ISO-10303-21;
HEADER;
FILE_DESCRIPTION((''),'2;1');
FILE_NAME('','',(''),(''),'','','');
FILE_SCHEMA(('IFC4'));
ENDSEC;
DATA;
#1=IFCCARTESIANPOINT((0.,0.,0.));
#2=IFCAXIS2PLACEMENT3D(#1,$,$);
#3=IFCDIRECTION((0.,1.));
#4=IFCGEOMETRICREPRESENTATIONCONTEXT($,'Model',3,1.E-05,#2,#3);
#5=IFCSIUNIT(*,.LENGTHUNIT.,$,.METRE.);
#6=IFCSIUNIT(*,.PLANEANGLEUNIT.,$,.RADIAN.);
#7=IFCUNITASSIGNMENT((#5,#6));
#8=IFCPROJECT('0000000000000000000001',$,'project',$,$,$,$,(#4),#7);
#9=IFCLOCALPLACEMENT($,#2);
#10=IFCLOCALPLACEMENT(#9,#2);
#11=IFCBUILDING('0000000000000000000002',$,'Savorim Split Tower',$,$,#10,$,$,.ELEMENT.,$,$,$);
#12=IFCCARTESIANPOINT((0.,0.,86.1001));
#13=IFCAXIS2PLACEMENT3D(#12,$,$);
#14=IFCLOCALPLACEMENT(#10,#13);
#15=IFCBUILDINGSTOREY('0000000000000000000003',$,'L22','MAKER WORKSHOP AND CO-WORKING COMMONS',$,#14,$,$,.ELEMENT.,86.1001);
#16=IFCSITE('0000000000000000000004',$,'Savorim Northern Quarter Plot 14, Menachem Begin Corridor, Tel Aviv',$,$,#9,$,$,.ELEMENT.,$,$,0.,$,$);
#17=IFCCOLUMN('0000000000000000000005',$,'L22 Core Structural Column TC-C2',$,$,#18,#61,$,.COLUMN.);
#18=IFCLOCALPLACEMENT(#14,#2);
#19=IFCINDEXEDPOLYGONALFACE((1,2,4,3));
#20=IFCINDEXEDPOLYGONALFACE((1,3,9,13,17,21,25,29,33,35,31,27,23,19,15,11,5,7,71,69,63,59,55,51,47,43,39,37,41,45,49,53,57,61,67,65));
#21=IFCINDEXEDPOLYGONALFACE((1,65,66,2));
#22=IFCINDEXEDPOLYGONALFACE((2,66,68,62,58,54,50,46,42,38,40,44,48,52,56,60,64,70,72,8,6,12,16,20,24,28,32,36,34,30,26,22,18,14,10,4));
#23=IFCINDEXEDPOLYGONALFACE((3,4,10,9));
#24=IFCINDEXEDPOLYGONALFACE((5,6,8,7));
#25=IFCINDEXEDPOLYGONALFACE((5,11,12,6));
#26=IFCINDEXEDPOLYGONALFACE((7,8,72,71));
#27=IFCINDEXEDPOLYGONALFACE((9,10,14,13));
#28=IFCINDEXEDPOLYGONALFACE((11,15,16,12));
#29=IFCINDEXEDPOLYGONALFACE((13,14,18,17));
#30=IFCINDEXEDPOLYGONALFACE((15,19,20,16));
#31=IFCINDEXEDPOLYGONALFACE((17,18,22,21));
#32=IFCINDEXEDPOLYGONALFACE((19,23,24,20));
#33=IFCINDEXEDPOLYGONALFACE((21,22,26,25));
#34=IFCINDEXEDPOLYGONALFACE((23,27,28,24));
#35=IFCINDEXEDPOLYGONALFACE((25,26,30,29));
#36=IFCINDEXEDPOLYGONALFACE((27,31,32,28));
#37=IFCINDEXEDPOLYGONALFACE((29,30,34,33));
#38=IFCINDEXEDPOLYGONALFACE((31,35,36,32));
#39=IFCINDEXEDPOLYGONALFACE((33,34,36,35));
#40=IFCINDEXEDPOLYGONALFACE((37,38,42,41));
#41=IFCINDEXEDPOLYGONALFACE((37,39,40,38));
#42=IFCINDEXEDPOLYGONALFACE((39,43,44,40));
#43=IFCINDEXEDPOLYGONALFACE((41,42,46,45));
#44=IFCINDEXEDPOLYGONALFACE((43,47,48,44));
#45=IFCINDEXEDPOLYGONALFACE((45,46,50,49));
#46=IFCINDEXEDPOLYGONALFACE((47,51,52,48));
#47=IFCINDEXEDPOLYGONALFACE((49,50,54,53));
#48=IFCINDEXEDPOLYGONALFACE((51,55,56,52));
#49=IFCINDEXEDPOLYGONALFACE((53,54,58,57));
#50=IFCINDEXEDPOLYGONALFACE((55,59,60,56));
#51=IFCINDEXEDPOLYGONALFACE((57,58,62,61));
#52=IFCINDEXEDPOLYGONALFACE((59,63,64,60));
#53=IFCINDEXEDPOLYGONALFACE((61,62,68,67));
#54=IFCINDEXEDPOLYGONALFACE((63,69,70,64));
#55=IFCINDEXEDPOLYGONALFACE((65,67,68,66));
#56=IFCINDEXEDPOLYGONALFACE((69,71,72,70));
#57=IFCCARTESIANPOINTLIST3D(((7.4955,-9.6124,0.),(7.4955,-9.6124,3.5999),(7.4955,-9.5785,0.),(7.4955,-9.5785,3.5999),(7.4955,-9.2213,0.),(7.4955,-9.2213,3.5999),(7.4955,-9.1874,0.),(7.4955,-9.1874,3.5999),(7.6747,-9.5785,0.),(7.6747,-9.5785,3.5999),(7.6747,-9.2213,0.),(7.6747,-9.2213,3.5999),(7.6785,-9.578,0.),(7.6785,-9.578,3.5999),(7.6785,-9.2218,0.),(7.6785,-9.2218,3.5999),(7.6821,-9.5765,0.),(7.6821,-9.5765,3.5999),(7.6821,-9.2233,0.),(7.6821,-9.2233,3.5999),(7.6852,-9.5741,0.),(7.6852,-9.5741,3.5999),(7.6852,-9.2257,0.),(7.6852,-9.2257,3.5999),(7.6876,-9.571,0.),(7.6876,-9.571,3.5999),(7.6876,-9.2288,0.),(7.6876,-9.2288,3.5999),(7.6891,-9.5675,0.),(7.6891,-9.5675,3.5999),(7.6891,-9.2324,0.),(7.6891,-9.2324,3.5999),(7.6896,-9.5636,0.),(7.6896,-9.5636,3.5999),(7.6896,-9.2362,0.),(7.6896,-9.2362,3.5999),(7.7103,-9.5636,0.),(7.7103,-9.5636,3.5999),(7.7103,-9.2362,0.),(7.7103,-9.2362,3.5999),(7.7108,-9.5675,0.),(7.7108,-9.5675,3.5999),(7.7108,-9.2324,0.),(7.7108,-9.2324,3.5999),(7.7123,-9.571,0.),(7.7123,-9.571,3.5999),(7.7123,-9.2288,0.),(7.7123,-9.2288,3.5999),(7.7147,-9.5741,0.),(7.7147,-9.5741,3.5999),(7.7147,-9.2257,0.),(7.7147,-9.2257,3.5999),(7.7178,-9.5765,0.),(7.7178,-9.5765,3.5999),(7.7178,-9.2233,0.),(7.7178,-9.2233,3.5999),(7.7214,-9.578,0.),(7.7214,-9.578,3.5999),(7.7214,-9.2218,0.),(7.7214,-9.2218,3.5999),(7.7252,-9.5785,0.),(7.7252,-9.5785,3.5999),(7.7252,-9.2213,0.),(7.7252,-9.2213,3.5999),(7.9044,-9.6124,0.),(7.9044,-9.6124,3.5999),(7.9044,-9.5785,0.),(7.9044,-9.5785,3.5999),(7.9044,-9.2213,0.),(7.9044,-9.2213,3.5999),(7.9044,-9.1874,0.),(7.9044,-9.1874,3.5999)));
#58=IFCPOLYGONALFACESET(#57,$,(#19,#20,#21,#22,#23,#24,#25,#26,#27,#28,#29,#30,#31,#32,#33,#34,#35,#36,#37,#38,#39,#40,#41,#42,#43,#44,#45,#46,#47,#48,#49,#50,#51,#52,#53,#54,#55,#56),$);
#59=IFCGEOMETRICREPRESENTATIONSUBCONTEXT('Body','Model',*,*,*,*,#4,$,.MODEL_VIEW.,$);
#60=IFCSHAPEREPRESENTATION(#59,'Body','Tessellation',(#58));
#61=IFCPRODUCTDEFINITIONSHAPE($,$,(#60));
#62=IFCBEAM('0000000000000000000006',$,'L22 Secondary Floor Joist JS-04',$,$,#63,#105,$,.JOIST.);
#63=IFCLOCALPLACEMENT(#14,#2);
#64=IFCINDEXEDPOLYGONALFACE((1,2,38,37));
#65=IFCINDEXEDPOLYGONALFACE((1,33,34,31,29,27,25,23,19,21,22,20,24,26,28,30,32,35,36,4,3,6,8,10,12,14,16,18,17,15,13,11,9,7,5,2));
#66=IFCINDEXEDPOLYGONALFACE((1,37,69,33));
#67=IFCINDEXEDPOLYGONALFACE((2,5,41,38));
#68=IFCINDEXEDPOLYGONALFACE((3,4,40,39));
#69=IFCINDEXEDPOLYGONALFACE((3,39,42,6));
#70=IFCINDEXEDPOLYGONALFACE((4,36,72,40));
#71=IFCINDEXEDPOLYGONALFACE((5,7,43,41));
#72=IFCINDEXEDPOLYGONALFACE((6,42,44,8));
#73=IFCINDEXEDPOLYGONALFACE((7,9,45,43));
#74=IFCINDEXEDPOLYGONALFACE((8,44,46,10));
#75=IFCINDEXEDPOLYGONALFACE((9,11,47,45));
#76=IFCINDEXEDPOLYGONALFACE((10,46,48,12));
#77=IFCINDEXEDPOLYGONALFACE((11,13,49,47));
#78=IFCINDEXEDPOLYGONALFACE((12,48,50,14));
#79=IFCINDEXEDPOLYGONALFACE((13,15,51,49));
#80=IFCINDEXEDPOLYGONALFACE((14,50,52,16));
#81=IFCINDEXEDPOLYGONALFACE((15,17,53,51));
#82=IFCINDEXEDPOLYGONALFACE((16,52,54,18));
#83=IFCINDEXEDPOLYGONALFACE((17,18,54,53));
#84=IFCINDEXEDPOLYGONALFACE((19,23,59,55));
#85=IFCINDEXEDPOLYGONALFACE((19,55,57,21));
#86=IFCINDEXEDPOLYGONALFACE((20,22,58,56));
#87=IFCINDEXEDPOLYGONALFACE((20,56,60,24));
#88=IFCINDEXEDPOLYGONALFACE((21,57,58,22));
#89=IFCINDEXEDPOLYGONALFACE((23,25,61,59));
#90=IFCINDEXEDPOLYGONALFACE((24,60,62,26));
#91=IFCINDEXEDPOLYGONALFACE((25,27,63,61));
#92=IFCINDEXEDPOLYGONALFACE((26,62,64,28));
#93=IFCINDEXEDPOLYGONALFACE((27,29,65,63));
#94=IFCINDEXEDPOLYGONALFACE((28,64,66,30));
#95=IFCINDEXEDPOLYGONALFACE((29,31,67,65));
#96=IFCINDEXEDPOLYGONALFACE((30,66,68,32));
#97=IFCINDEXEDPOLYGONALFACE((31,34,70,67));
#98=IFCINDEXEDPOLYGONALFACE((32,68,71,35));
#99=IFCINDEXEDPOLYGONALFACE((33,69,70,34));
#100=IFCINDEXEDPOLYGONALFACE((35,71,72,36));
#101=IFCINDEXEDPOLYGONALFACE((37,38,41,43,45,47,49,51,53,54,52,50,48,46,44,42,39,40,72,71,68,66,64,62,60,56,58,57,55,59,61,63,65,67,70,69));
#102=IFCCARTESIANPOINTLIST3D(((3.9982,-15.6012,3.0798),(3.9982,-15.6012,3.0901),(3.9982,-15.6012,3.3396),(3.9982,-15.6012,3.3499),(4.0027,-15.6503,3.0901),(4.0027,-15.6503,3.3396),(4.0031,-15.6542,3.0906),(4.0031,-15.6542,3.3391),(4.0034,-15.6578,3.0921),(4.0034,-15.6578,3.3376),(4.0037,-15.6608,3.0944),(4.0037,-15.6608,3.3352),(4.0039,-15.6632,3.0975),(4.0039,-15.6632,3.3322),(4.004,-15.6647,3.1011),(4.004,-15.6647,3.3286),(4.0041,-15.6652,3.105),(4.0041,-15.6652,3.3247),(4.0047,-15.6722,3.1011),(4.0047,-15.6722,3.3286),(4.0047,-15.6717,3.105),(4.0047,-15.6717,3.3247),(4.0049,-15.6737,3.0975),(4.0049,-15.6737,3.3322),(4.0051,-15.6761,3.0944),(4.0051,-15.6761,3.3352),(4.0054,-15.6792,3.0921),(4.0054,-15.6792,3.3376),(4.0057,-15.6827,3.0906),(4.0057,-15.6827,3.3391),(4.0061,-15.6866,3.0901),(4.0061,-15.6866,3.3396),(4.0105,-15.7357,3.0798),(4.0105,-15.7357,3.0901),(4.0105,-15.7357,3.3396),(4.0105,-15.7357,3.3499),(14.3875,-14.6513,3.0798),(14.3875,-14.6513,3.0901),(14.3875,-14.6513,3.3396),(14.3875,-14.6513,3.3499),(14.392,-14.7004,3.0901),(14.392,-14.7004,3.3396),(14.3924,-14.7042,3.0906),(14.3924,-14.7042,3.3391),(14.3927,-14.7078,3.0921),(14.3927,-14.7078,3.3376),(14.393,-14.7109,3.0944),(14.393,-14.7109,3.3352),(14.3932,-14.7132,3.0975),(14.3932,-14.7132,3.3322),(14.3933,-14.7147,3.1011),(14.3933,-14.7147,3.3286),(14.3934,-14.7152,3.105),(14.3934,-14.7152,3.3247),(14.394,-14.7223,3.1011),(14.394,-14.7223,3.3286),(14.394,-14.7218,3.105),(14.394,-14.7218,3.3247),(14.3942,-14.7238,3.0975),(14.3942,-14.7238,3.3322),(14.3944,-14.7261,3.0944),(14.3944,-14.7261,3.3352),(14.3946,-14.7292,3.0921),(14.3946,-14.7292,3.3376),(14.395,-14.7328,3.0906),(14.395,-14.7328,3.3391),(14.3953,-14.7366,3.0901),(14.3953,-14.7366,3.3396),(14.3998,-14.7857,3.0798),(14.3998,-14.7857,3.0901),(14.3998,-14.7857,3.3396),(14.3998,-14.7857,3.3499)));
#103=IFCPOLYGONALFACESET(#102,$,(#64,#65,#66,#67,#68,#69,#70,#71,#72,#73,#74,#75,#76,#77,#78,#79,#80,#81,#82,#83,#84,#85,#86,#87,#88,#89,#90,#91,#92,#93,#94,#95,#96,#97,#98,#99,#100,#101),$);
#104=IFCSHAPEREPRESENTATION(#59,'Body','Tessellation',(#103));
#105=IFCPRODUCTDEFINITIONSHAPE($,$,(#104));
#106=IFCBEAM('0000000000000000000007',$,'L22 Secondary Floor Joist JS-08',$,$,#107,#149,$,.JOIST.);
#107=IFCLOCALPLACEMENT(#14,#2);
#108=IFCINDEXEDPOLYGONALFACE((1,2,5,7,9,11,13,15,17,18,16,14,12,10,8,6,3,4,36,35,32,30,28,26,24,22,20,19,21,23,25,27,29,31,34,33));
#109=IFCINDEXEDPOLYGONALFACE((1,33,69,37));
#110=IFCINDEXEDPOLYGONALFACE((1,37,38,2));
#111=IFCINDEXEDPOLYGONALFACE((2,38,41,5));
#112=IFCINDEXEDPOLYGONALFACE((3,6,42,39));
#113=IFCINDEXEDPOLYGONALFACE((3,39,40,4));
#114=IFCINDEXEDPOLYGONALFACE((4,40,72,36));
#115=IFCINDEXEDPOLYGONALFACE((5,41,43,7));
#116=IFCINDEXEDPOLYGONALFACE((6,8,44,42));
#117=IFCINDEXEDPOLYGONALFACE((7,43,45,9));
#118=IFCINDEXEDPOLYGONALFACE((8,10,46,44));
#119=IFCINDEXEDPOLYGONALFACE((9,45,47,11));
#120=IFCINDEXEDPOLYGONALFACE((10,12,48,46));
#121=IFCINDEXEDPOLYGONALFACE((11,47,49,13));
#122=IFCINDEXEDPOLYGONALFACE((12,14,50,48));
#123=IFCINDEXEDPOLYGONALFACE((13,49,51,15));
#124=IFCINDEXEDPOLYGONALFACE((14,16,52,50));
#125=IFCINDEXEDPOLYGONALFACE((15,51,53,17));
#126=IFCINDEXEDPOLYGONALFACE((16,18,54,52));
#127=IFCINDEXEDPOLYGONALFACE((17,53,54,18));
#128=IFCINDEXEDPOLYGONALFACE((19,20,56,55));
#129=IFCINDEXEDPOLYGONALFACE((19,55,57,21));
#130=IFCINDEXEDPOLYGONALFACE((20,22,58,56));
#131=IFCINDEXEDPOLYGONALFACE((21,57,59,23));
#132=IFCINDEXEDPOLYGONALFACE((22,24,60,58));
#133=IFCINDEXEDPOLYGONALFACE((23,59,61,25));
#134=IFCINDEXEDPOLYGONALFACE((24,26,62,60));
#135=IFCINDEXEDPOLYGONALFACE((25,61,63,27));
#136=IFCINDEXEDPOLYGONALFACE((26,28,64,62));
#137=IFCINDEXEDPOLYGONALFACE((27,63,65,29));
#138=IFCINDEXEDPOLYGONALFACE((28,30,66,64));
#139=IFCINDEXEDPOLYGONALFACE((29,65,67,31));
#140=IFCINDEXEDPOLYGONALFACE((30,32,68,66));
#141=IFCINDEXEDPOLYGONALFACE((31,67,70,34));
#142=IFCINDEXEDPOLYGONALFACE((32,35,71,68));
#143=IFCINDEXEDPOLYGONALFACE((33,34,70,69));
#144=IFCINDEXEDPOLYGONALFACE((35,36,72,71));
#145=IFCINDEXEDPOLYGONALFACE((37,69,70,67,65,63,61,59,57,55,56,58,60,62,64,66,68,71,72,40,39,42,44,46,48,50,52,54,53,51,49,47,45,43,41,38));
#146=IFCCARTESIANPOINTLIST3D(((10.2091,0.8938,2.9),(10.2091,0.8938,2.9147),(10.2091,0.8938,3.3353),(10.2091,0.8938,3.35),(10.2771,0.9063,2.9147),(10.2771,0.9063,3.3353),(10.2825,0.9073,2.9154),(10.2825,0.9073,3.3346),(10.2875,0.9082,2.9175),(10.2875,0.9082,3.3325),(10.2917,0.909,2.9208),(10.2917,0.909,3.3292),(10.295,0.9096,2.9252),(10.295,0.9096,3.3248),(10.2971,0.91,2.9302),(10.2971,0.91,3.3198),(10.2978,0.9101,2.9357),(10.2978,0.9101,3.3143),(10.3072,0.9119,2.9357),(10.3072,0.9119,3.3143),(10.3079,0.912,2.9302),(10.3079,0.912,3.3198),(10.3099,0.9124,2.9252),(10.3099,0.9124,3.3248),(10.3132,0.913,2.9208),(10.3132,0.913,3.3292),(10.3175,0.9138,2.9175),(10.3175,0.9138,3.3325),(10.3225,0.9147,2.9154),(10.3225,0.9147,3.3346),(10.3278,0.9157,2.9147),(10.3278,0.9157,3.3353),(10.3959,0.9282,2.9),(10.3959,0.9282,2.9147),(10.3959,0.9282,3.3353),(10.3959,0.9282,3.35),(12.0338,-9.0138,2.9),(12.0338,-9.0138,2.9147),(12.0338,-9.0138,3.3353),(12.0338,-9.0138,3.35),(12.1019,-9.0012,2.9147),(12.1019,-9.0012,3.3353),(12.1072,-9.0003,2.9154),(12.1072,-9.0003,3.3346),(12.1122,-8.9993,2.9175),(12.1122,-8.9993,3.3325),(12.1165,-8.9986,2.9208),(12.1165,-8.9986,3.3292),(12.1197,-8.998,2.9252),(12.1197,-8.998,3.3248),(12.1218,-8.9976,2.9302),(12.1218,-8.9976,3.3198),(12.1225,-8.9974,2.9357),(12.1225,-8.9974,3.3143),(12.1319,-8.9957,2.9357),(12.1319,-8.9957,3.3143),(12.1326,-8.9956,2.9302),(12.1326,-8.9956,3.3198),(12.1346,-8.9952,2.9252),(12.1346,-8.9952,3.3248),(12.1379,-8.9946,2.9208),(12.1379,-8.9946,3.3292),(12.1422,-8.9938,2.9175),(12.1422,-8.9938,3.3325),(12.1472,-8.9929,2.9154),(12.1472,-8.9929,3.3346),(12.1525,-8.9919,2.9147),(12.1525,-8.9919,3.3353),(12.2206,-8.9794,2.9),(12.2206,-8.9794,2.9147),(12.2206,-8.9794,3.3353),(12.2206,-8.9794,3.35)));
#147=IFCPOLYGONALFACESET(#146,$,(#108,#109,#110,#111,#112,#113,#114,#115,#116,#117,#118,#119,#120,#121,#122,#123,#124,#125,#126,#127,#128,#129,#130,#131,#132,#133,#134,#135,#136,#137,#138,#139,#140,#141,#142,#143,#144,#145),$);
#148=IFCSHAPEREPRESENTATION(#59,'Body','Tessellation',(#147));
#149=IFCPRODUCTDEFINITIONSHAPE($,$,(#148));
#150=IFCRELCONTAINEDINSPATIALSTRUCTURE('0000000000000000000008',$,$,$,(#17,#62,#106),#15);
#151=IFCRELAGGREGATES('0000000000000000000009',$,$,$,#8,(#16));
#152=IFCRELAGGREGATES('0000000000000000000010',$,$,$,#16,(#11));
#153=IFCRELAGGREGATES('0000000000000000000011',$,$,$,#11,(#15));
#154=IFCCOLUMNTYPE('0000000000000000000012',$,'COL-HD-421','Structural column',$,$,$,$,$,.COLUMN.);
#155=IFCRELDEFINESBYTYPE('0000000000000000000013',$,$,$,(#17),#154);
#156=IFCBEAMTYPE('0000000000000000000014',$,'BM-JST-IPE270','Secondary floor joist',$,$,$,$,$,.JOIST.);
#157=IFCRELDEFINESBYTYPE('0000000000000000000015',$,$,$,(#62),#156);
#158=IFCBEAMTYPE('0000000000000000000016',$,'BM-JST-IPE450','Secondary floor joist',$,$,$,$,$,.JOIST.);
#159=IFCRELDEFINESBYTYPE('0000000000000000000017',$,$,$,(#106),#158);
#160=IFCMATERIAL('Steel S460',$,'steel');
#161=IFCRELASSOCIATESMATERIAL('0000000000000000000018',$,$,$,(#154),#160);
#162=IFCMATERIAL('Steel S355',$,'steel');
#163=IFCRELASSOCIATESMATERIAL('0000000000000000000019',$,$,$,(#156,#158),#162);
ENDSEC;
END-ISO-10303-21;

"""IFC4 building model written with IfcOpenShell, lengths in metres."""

from ifc_helpers import new_model, si_unit, direction, frame, origin, origin_2d, place, context, subcontext, project, spatial, i_section, extrude, material, material_profile, profile_set, type_object, element, save


model = new_model("IFC4")

# Units and contexts
model_context = context("Model", 3, precision=1e-05, world=origin(), true_north=direction((0.0, 1.0)))
body_context = subcontext(model_context, "Body", "Model", "MODEL_VIEW")
ifc_project = project(units=[si_unit("LENGTHUNIT", "METRE"), si_unit("PLANEANGLEUNIT", "RADIAN")], contexts=[model_context])

# Site, building, storey
site_placement = place(None, origin())
site = spatial("IfcSite", under=ifc_project, at=site_placement, Name="Savorim Northern Quarter Plot 14, Menachem Begin Corridor, Tel Aviv", CompositionType="ELEMENT", RefElevation=0.0)
building_placement = place(site_placement, origin())
building = spatial("IfcBuilding", under=site, at=building_placement, Name="Savorim Split Tower", CompositionType="ELEMENT")
storey_placement = place(building_placement, frame((0.0, 0.0, 86.1001)))
storey = spatial("IfcBuildingStorey", under=building, at=storey_placement, Name="L22", Description="MAKER WORKSHOP AND CO-WORKING COMMONS", CompositionType="ELEMENT", Elevation=86.1001)

# Column
ifc_material_1 = material(Name="Steel S460", Category="steel")
ifc_material_profile_1 = material_profile(ifc_material_1, i_section(OverallWidth=0.4089, OverallDepth=0.425, WebThickness=0.0208, FlangeThickness=0.0339, FilletRadius=0.0149, at=origin_2d()), Name="HD 400x421")
ifc_profile_set_1 = profile_set([ifc_material_profile_1], Name="Steel S460")
column_type = type_object("IfcColumnType", Name="COL-HD-421", Description="Structural column", PredefinedType="COLUMN", material=ifc_profile_set_1)
column_placement = place(storey_placement, frame((7.7, -9.3999, 0.0), z_axis=(0.0, 0.0, 1.0), x_axis=(1.0, 0.0, 0.0)))
element("IfcColumn", 1, at=column_placement, inside=storey, type_object=column_type, Name="L22 Core Structural Column TC-C2", PredefinedType="COLUMN", context=body_context, shape_type="SweptSolid", body=[
    extrude(i_section(OverallWidth=0.4089, OverallDepth=0.425, WebThickness=0.0208, FlangeThickness=0.0339, FilletRadius=0.0149, at=origin_2d()), origin(), (0.0, 0.0, 1.0), 3.5999),
])

# Beams
ifc_material_2 = material(Name="Steel S355", Category="steel")
ifc_material_profile_2 = material_profile(ifc_material_2, i_section(OverallWidth=0.135, OverallDepth=0.27, WebThickness=0.0066, FlangeThickness=0.0103, FilletRadius=0.0149, at=origin_2d()), Name="IPE 270")
ifc_profile_set_2 = profile_set([ifc_material_profile_2], Name="Steel S355")
beam_type_1 = type_object("IfcBeamType", Name="BM-JST-IPE270", Description="Secondary floor joist", PredefinedType="JOIST", material=ifc_profile_set_2)
beam_1_placement = place(storey_placement, frame((4.0044, -15.6685, 3.2148), z_axis=(0.995846, 0.091057, 0.0), x_axis=(-0.091057, 0.995846, 0.0)))
element("IfcBeam", 2, at=beam_1_placement, inside=storey, type_object=beam_type_1, Name="L22 Secondary Floor Joist JS-04", PredefinedType="JOIST", context=body_context, shape_type="SweptSolid", body=[
    extrude(i_section(OverallWidth=0.135, OverallDepth=0.27, WebThickness=0.0066, FlangeThickness=0.0103, FilletRadius=0.0149, at=origin_2d()), origin(), (0.0, 0.0, 1.0), 10.4326),
])
ifc_material_profile_3 = material_profile(ifc_material_2, i_section(OverallWidth=0.1899, OverallDepth=0.45, WebThickness=0.0095, FlangeThickness=0.0146, FilletRadius=0.021, at=origin_2d()), Name="IPE 450")
ifc_profile_set_3 = profile_set([ifc_material_profile_3], Name="Steel S355")
beam_type_2 = type_object("IfcBeamType", Name="BM-JST-IPE450", Description="Secondary floor joist", PredefinedType="JOIST", material=ifc_profile_set_3)
beam_2_placement = place(storey_placement, frame((12.1272, -8.9966, 3.125), z_axis=(-0.181129, 0.983459, 0.0), x_axis=(-0.983459, -0.181129, 0.0)))
element("IfcBeam", 3, at=beam_2_placement, inside=storey, type_object=beam_type_2, Name="L22 Secondary Floor Joist JS-08", PredefinedType="JOIST", context=body_context, shape_type="SweptSolid", body=[
    extrude(i_section(OverallWidth=0.1899, OverallDepth=0.45, WebThickness=0.0095, FlangeThickness=0.0146, FilletRadius=0.021, at=origin_2d()), origin(), (0.0, 0.0, 1.0), 10.0742),
])

save(model, "model.ifc")
